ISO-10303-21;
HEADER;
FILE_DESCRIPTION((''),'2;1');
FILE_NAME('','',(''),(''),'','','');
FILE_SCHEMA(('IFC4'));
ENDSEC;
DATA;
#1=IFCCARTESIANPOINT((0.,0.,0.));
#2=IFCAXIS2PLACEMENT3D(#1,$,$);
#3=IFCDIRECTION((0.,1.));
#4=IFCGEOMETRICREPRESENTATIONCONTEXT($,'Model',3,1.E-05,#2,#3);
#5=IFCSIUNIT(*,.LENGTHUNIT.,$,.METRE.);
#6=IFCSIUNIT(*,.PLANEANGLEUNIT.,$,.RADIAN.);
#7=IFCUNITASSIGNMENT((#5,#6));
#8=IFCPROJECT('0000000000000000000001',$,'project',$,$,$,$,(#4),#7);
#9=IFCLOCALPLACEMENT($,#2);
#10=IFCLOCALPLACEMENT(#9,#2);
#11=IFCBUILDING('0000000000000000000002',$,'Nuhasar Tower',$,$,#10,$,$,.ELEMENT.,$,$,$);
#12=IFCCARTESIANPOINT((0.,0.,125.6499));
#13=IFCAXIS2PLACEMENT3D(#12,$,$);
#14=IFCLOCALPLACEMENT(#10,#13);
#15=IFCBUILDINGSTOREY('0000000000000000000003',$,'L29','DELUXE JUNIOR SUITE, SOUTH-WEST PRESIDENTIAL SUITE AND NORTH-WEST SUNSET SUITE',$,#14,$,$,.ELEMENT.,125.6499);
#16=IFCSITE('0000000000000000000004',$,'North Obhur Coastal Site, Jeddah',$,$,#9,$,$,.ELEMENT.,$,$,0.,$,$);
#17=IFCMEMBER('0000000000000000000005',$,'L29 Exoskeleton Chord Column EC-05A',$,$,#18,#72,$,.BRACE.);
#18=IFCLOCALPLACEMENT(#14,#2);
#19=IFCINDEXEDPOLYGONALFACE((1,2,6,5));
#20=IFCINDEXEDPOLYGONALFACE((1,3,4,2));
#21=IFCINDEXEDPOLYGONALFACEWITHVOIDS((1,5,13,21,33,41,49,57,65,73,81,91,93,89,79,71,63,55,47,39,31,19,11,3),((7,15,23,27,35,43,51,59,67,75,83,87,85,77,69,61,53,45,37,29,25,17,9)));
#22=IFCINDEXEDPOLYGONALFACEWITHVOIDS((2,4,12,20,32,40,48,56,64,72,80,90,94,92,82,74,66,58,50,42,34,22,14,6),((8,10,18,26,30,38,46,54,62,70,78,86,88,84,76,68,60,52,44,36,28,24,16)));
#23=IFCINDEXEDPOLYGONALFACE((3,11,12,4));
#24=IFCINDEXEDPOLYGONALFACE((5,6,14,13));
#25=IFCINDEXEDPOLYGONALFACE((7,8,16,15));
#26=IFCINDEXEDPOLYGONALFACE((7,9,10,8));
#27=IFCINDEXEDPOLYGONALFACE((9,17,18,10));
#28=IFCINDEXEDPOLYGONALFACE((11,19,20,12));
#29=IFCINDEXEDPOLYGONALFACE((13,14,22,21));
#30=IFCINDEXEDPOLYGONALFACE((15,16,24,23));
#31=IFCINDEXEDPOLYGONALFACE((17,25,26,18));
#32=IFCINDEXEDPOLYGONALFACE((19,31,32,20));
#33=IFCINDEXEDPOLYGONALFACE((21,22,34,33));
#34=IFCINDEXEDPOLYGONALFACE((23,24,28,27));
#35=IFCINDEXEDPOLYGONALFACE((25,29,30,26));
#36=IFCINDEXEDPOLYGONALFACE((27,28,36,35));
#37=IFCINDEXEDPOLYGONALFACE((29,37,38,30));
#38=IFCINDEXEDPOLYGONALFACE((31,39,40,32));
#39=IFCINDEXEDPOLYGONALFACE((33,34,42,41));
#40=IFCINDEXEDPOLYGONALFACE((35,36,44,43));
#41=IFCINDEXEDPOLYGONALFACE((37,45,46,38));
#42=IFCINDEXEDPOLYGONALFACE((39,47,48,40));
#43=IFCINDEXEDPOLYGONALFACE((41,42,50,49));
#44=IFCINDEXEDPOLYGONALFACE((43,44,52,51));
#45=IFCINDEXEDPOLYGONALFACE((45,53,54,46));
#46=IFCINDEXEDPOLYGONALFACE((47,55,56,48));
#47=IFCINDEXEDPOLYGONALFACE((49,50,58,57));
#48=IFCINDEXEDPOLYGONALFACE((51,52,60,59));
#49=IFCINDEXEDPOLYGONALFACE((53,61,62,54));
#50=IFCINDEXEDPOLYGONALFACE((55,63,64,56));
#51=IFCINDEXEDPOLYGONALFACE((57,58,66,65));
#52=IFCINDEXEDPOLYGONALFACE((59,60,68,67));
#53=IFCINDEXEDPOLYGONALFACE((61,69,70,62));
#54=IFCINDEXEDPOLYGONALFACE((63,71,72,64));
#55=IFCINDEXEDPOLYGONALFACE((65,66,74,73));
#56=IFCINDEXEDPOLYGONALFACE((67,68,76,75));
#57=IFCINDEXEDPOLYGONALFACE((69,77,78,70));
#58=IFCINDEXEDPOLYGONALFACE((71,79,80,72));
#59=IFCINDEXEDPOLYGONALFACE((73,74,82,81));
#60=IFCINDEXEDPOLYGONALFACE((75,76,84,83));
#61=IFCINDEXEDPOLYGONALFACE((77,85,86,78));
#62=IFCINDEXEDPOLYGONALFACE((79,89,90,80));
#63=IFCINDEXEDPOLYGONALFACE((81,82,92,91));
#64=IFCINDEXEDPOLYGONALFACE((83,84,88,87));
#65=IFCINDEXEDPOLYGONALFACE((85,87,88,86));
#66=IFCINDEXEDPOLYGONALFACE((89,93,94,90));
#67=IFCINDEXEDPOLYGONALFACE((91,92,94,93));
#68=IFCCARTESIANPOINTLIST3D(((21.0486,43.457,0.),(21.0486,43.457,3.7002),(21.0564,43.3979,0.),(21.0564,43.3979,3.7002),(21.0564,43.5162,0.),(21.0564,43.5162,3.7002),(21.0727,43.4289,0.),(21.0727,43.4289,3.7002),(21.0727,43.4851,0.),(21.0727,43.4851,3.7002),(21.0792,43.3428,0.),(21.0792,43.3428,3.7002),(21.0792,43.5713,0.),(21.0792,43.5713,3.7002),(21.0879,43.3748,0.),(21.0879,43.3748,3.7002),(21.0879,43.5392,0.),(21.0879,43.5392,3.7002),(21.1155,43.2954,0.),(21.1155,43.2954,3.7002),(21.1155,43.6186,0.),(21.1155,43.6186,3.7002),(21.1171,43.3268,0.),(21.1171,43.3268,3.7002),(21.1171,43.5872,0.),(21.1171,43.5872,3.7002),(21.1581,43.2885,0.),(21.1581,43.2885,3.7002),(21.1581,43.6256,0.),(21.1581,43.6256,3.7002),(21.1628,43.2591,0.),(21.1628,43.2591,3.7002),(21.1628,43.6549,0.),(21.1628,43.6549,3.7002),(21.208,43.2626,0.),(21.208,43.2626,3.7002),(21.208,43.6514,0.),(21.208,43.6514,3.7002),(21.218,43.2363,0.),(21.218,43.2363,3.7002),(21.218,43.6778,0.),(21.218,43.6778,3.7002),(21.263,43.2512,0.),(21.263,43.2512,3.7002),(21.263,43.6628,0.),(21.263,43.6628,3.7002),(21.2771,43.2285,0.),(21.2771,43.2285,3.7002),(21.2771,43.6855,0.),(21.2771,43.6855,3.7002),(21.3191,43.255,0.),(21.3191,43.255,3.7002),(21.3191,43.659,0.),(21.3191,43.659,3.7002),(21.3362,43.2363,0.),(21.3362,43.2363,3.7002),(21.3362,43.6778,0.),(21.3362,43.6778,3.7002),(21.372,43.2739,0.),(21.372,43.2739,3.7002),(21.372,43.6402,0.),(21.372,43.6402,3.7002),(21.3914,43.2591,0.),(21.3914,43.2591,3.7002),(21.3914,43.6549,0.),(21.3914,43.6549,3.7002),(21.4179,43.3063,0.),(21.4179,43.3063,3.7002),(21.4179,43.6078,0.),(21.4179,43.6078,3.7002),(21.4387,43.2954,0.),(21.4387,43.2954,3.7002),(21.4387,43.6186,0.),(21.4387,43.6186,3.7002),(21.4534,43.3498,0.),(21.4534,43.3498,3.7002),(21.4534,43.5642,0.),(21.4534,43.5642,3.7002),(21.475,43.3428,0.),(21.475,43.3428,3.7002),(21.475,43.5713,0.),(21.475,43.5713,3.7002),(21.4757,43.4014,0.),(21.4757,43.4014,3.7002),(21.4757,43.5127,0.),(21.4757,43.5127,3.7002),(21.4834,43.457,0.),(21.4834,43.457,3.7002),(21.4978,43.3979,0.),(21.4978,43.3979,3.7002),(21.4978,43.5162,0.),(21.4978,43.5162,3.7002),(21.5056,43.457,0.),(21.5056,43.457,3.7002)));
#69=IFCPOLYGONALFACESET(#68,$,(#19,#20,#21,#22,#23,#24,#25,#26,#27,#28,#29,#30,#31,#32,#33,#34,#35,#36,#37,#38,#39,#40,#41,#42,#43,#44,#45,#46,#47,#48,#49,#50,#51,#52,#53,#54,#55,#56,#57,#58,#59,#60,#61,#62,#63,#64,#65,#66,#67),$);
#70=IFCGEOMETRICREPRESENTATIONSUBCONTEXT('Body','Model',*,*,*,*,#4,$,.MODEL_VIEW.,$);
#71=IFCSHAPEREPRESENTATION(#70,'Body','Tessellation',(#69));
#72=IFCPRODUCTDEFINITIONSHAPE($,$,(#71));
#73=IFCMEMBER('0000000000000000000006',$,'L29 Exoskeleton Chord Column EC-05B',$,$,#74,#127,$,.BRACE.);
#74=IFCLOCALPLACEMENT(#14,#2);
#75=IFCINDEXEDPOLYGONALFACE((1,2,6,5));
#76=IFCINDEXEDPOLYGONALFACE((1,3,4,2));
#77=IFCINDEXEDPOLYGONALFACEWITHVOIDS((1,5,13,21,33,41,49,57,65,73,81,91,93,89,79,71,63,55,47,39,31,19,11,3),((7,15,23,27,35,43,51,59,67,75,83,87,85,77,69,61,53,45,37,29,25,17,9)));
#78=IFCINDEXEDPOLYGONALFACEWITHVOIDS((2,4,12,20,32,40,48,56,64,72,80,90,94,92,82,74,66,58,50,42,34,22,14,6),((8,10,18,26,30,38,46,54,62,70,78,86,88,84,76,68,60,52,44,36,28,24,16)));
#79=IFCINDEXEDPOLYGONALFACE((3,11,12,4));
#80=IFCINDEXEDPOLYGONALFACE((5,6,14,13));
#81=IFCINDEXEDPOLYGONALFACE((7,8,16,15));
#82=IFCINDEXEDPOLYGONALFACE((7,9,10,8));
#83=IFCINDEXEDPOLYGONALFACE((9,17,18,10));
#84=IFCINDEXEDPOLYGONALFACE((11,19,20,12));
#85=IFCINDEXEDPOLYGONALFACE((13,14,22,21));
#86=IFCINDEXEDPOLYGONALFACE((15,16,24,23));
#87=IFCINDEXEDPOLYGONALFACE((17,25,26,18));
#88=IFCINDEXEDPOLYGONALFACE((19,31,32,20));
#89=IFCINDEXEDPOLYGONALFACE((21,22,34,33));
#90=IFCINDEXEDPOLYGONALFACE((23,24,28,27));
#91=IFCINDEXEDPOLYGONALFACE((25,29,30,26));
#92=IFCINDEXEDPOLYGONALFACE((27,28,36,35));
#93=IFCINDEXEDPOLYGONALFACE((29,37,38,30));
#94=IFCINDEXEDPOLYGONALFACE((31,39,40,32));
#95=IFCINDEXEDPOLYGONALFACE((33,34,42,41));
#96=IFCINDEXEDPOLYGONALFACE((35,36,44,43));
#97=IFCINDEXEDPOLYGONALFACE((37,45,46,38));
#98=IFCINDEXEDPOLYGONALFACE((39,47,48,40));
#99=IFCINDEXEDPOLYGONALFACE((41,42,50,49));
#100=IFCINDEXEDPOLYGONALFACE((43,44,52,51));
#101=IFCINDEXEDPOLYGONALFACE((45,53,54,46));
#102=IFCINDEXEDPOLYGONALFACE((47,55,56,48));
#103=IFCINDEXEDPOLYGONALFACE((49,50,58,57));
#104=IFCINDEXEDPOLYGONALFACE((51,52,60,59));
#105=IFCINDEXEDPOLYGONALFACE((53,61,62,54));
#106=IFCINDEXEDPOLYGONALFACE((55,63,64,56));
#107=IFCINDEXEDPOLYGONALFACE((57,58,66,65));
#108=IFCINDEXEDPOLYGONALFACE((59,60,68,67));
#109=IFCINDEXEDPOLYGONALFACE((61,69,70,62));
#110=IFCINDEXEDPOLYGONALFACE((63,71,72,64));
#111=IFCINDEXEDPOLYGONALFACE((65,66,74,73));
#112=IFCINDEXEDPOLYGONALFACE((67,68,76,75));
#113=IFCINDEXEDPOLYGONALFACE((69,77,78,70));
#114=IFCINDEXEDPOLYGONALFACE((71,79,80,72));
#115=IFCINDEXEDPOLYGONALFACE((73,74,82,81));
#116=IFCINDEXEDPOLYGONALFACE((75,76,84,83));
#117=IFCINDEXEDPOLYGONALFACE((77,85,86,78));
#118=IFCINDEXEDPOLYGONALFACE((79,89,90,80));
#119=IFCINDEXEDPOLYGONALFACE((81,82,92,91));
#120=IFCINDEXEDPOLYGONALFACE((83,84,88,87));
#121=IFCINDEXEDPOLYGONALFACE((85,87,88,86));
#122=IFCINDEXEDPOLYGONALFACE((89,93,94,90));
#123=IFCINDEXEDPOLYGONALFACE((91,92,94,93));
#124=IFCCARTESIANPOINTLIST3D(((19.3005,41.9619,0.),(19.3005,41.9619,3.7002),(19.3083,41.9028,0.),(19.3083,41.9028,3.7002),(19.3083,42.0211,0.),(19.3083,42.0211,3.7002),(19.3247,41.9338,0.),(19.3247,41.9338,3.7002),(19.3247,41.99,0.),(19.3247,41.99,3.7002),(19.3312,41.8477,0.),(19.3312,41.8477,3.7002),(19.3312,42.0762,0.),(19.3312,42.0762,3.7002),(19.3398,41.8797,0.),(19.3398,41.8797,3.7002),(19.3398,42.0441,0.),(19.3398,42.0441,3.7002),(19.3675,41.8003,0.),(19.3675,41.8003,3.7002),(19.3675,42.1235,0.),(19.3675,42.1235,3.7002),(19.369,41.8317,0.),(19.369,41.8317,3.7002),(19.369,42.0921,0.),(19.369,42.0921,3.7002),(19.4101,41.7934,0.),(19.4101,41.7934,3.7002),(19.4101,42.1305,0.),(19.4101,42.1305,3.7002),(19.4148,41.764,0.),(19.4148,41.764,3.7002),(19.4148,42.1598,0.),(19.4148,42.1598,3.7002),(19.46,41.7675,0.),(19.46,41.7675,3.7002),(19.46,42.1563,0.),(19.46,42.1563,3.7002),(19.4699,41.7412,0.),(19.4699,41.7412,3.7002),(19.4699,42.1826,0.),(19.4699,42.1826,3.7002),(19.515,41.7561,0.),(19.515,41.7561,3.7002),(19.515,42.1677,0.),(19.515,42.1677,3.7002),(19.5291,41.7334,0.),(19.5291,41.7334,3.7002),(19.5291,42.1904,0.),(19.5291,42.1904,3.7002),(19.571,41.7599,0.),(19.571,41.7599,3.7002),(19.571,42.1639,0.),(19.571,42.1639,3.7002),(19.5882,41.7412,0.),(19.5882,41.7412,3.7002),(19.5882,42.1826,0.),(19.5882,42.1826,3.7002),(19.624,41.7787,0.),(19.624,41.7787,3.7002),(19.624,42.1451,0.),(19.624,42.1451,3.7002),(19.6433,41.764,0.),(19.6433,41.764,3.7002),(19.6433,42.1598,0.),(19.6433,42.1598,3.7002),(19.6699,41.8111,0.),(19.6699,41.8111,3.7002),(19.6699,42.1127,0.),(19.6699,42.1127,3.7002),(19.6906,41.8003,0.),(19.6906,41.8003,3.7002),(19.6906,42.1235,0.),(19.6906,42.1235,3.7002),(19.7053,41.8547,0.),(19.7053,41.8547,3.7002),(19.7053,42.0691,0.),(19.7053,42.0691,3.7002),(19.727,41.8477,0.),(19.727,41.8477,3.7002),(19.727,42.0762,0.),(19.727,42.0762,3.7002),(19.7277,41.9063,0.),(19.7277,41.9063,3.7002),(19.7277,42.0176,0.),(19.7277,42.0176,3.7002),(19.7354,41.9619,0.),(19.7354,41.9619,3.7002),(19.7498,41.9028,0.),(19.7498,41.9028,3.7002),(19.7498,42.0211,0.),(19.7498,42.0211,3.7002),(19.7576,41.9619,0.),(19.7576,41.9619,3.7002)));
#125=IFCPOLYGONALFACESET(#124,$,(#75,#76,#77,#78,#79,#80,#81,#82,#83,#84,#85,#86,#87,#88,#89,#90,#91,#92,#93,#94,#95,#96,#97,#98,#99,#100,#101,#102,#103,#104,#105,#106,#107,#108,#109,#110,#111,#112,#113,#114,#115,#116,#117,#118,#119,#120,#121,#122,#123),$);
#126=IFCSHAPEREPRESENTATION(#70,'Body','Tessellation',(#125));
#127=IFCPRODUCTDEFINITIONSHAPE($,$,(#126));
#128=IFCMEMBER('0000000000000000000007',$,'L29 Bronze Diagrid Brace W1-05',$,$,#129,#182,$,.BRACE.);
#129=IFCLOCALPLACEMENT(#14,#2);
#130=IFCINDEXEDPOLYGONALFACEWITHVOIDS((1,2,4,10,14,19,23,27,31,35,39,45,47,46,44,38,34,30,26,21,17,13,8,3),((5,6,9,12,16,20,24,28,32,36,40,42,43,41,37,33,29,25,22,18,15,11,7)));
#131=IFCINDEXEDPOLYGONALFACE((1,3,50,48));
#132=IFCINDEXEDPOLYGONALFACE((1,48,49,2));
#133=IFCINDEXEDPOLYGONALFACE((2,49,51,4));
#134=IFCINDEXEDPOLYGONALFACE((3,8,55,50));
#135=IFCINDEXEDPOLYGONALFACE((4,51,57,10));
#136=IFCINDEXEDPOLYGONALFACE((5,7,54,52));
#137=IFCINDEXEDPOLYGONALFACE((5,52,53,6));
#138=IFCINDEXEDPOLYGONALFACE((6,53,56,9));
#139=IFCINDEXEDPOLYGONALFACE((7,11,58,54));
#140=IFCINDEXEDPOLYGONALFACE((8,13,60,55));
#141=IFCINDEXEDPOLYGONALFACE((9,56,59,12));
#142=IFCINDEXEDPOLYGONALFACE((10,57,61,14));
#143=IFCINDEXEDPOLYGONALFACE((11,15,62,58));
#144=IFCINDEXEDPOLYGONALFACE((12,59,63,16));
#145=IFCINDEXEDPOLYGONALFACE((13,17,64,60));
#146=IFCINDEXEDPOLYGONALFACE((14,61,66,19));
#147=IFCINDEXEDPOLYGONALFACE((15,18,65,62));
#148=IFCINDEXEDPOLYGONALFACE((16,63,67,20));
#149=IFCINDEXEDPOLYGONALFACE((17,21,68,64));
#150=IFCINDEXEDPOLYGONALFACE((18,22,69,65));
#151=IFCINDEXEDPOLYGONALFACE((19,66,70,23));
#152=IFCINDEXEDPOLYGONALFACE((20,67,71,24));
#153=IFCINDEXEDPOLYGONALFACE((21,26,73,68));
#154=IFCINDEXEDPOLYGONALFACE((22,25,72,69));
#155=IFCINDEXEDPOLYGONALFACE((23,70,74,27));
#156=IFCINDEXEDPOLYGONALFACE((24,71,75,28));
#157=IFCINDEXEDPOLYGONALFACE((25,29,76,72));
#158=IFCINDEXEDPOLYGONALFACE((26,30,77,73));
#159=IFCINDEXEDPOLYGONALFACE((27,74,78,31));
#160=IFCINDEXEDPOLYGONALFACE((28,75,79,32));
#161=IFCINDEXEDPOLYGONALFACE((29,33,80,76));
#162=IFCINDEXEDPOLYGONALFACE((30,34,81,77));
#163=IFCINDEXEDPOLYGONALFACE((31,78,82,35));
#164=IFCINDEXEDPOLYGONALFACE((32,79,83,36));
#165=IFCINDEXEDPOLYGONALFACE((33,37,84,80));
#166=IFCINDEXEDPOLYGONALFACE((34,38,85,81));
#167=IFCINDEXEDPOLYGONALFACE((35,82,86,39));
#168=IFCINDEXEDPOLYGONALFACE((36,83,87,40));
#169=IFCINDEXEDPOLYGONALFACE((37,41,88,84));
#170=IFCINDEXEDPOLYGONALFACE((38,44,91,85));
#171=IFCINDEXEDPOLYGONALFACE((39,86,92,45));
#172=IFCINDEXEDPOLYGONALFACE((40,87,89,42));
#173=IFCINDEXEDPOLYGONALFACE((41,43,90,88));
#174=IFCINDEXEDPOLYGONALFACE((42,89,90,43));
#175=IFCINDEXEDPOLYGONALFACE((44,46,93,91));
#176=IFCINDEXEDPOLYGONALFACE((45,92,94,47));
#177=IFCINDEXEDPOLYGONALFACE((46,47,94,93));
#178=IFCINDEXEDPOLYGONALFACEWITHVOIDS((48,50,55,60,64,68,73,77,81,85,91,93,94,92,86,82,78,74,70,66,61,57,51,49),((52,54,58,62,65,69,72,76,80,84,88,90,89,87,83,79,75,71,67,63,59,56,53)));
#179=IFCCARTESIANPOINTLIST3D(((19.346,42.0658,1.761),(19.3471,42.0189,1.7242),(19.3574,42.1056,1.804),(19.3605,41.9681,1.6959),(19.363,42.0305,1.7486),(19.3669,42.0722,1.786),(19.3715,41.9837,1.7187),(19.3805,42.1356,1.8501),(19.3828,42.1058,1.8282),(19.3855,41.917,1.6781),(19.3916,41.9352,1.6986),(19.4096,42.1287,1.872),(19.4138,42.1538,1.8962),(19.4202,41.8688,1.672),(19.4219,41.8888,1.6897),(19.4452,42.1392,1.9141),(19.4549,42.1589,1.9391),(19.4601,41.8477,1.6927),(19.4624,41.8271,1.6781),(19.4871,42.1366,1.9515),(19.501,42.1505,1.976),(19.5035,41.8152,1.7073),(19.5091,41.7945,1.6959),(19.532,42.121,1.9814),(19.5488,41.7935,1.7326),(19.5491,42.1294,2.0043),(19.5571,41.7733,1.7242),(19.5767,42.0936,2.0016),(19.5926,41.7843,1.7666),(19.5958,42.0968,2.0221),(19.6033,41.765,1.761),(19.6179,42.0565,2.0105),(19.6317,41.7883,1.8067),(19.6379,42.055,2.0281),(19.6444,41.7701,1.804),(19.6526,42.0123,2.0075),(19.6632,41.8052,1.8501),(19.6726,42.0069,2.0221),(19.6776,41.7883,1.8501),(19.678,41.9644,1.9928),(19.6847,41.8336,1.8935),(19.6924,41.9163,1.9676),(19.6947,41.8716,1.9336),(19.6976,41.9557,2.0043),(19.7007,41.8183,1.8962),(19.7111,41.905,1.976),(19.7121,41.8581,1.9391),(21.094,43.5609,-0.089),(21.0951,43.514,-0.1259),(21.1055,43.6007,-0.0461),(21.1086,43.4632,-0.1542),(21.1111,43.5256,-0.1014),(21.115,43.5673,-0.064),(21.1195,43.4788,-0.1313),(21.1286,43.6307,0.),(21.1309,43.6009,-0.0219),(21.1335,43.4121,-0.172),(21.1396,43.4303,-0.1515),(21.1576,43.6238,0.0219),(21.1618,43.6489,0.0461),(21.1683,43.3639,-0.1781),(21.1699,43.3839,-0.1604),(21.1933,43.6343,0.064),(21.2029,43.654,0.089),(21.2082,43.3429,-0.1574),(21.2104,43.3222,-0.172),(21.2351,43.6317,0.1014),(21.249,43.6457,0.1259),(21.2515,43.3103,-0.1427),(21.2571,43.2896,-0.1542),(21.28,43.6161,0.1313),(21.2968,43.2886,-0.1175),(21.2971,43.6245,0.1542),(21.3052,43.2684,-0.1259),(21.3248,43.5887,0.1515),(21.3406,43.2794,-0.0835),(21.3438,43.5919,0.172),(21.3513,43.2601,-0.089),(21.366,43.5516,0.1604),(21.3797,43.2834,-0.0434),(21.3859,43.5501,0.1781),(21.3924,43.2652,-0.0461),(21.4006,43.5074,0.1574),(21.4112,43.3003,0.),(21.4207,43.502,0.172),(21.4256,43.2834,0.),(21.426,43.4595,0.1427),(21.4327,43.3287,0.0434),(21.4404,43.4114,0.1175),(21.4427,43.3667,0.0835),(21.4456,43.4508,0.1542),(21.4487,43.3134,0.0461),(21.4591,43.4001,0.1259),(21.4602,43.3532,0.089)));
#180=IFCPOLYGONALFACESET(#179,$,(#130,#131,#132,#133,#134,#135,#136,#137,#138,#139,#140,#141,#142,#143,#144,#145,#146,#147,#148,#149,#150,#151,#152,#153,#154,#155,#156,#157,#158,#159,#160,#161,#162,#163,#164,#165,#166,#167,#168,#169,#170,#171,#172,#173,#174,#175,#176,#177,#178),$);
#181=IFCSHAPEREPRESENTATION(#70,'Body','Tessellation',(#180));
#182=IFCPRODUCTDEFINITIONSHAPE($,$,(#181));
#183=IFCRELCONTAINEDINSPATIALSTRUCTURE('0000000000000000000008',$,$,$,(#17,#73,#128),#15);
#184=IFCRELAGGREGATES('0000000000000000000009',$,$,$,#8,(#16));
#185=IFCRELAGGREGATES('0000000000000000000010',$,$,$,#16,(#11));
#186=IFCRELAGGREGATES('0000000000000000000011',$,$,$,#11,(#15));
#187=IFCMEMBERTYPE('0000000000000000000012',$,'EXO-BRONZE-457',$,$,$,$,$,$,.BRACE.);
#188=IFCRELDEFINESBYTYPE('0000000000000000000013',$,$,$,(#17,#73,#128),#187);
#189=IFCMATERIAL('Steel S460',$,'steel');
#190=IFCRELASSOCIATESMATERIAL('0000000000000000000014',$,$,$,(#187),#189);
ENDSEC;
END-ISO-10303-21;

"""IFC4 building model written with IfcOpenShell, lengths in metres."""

from ifc_helpers import new_model, si_unit, direction, frame, origin, origin_2d, place, context, subcontext, project, spatial, hollow_circle, extrude, material, material_profile, profile_set, type_object, element, save


model = new_model("IFC4")

# Units and contexts
model_context = context("Model", 3, precision=1e-05, world=origin(), true_north=direction((0.0, 1.0)))
body_context = subcontext(model_context, "Body", "Model", "MODEL_VIEW")
ifc_project = project(units=[si_unit("LENGTHUNIT", "METRE"), si_unit("PLANEANGLEUNIT", "RADIAN")], contexts=[model_context])

# Site, building, storey
site_placement = place(None, origin())
site = spatial("IfcSite", under=ifc_project, at=site_placement, Name="North Obhur Coastal Site, Jeddah", CompositionType="ELEMENT", RefElevation=0.0)
building_placement = place(site_placement, origin())
building = spatial("IfcBuilding", under=site, at=building_placement, Name="Nuhasar Tower", CompositionType="ELEMENT")
storey_placement = place(building_placement, frame((0.0, 0.0, 125.6499)))
storey = spatial("IfcBuildingStorey", under=building, at=storey_placement, Name="L29", Description="DELUXE JUNIOR SUITE, SOUTH-WEST PRESIDENTIAL SUITE AND NORTH-WEST SUNSET SUITE", CompositionType="ELEMENT", Elevation=125.6499)

# Members
ifc_material_1 = material(Name="Steel S460", Category="steel")
ifc_material_profile_1 = material_profile(ifc_material_1, hollow_circle(Radius=0.2285, WallThickness=0.0222, at=origin_2d()), Name="HSS457X22.2")
ifc_profile_set_1 = profile_set([ifc_material_profile_1], Name="Steel S460")
member_type_1 = type_object("IfcMemberType", Name="EXO-BRONZE-457", PredefinedType="BRACE", material=ifc_profile_set_1)
for number, where, z_axis, x_axis, name in (
    (1, (21.2771, 43.457, 0.0), (0.0, 0.0, 1.0), (1.0, 0.0, 0.0), "L29 Exoskeleton Chord Column EC-05A"),
    (2, (19.5291, 41.9619, 0.0), (0.0, 0.0, 1.0), (1.0, 0.0, 0.0), "L29 Exoskeleton Chord Column EC-05B"),
):
    element("IfcMember", number, at=place(storey_placement, frame(where, z_axis=z_axis, x_axis=x_axis)), inside=storey, type_object=member_type_1, Name=name, PredefinedType="BRACE", context=body_context, shape_type="SweptSolid", body=[
        extrude(hollow_circle(Radius=0.2285, WallThickness=0.0222, at=origin_2d()), origin(), (0.0, 0.0, 1.0), 3.7002),
    ])
for number, where, z_axis, x_axis, name in (
    (3, (21.2771, 43.457, 0.0), (-0.59217, -0.506488, 0.626741), (0.649987, -0.759945, 0.0), "L29 Bronze Diagrid Brace W1-05"),
):
    element("IfcMember", number, at=place(storey_placement, frame(where, z_axis=z_axis, x_axis=x_axis)), inside=storey, type_object=member_type_1, Name=name, PredefinedType="BRACE", context=body_context, shape_type="SweptSolid", body=[
        extrude(hollow_circle(Radius=0.2285, WallThickness=0.0222, at=origin_2d()), origin(), (0.0, 0.0, 1.0), 2.9519),
    ])

save(model, "model.ifc")
